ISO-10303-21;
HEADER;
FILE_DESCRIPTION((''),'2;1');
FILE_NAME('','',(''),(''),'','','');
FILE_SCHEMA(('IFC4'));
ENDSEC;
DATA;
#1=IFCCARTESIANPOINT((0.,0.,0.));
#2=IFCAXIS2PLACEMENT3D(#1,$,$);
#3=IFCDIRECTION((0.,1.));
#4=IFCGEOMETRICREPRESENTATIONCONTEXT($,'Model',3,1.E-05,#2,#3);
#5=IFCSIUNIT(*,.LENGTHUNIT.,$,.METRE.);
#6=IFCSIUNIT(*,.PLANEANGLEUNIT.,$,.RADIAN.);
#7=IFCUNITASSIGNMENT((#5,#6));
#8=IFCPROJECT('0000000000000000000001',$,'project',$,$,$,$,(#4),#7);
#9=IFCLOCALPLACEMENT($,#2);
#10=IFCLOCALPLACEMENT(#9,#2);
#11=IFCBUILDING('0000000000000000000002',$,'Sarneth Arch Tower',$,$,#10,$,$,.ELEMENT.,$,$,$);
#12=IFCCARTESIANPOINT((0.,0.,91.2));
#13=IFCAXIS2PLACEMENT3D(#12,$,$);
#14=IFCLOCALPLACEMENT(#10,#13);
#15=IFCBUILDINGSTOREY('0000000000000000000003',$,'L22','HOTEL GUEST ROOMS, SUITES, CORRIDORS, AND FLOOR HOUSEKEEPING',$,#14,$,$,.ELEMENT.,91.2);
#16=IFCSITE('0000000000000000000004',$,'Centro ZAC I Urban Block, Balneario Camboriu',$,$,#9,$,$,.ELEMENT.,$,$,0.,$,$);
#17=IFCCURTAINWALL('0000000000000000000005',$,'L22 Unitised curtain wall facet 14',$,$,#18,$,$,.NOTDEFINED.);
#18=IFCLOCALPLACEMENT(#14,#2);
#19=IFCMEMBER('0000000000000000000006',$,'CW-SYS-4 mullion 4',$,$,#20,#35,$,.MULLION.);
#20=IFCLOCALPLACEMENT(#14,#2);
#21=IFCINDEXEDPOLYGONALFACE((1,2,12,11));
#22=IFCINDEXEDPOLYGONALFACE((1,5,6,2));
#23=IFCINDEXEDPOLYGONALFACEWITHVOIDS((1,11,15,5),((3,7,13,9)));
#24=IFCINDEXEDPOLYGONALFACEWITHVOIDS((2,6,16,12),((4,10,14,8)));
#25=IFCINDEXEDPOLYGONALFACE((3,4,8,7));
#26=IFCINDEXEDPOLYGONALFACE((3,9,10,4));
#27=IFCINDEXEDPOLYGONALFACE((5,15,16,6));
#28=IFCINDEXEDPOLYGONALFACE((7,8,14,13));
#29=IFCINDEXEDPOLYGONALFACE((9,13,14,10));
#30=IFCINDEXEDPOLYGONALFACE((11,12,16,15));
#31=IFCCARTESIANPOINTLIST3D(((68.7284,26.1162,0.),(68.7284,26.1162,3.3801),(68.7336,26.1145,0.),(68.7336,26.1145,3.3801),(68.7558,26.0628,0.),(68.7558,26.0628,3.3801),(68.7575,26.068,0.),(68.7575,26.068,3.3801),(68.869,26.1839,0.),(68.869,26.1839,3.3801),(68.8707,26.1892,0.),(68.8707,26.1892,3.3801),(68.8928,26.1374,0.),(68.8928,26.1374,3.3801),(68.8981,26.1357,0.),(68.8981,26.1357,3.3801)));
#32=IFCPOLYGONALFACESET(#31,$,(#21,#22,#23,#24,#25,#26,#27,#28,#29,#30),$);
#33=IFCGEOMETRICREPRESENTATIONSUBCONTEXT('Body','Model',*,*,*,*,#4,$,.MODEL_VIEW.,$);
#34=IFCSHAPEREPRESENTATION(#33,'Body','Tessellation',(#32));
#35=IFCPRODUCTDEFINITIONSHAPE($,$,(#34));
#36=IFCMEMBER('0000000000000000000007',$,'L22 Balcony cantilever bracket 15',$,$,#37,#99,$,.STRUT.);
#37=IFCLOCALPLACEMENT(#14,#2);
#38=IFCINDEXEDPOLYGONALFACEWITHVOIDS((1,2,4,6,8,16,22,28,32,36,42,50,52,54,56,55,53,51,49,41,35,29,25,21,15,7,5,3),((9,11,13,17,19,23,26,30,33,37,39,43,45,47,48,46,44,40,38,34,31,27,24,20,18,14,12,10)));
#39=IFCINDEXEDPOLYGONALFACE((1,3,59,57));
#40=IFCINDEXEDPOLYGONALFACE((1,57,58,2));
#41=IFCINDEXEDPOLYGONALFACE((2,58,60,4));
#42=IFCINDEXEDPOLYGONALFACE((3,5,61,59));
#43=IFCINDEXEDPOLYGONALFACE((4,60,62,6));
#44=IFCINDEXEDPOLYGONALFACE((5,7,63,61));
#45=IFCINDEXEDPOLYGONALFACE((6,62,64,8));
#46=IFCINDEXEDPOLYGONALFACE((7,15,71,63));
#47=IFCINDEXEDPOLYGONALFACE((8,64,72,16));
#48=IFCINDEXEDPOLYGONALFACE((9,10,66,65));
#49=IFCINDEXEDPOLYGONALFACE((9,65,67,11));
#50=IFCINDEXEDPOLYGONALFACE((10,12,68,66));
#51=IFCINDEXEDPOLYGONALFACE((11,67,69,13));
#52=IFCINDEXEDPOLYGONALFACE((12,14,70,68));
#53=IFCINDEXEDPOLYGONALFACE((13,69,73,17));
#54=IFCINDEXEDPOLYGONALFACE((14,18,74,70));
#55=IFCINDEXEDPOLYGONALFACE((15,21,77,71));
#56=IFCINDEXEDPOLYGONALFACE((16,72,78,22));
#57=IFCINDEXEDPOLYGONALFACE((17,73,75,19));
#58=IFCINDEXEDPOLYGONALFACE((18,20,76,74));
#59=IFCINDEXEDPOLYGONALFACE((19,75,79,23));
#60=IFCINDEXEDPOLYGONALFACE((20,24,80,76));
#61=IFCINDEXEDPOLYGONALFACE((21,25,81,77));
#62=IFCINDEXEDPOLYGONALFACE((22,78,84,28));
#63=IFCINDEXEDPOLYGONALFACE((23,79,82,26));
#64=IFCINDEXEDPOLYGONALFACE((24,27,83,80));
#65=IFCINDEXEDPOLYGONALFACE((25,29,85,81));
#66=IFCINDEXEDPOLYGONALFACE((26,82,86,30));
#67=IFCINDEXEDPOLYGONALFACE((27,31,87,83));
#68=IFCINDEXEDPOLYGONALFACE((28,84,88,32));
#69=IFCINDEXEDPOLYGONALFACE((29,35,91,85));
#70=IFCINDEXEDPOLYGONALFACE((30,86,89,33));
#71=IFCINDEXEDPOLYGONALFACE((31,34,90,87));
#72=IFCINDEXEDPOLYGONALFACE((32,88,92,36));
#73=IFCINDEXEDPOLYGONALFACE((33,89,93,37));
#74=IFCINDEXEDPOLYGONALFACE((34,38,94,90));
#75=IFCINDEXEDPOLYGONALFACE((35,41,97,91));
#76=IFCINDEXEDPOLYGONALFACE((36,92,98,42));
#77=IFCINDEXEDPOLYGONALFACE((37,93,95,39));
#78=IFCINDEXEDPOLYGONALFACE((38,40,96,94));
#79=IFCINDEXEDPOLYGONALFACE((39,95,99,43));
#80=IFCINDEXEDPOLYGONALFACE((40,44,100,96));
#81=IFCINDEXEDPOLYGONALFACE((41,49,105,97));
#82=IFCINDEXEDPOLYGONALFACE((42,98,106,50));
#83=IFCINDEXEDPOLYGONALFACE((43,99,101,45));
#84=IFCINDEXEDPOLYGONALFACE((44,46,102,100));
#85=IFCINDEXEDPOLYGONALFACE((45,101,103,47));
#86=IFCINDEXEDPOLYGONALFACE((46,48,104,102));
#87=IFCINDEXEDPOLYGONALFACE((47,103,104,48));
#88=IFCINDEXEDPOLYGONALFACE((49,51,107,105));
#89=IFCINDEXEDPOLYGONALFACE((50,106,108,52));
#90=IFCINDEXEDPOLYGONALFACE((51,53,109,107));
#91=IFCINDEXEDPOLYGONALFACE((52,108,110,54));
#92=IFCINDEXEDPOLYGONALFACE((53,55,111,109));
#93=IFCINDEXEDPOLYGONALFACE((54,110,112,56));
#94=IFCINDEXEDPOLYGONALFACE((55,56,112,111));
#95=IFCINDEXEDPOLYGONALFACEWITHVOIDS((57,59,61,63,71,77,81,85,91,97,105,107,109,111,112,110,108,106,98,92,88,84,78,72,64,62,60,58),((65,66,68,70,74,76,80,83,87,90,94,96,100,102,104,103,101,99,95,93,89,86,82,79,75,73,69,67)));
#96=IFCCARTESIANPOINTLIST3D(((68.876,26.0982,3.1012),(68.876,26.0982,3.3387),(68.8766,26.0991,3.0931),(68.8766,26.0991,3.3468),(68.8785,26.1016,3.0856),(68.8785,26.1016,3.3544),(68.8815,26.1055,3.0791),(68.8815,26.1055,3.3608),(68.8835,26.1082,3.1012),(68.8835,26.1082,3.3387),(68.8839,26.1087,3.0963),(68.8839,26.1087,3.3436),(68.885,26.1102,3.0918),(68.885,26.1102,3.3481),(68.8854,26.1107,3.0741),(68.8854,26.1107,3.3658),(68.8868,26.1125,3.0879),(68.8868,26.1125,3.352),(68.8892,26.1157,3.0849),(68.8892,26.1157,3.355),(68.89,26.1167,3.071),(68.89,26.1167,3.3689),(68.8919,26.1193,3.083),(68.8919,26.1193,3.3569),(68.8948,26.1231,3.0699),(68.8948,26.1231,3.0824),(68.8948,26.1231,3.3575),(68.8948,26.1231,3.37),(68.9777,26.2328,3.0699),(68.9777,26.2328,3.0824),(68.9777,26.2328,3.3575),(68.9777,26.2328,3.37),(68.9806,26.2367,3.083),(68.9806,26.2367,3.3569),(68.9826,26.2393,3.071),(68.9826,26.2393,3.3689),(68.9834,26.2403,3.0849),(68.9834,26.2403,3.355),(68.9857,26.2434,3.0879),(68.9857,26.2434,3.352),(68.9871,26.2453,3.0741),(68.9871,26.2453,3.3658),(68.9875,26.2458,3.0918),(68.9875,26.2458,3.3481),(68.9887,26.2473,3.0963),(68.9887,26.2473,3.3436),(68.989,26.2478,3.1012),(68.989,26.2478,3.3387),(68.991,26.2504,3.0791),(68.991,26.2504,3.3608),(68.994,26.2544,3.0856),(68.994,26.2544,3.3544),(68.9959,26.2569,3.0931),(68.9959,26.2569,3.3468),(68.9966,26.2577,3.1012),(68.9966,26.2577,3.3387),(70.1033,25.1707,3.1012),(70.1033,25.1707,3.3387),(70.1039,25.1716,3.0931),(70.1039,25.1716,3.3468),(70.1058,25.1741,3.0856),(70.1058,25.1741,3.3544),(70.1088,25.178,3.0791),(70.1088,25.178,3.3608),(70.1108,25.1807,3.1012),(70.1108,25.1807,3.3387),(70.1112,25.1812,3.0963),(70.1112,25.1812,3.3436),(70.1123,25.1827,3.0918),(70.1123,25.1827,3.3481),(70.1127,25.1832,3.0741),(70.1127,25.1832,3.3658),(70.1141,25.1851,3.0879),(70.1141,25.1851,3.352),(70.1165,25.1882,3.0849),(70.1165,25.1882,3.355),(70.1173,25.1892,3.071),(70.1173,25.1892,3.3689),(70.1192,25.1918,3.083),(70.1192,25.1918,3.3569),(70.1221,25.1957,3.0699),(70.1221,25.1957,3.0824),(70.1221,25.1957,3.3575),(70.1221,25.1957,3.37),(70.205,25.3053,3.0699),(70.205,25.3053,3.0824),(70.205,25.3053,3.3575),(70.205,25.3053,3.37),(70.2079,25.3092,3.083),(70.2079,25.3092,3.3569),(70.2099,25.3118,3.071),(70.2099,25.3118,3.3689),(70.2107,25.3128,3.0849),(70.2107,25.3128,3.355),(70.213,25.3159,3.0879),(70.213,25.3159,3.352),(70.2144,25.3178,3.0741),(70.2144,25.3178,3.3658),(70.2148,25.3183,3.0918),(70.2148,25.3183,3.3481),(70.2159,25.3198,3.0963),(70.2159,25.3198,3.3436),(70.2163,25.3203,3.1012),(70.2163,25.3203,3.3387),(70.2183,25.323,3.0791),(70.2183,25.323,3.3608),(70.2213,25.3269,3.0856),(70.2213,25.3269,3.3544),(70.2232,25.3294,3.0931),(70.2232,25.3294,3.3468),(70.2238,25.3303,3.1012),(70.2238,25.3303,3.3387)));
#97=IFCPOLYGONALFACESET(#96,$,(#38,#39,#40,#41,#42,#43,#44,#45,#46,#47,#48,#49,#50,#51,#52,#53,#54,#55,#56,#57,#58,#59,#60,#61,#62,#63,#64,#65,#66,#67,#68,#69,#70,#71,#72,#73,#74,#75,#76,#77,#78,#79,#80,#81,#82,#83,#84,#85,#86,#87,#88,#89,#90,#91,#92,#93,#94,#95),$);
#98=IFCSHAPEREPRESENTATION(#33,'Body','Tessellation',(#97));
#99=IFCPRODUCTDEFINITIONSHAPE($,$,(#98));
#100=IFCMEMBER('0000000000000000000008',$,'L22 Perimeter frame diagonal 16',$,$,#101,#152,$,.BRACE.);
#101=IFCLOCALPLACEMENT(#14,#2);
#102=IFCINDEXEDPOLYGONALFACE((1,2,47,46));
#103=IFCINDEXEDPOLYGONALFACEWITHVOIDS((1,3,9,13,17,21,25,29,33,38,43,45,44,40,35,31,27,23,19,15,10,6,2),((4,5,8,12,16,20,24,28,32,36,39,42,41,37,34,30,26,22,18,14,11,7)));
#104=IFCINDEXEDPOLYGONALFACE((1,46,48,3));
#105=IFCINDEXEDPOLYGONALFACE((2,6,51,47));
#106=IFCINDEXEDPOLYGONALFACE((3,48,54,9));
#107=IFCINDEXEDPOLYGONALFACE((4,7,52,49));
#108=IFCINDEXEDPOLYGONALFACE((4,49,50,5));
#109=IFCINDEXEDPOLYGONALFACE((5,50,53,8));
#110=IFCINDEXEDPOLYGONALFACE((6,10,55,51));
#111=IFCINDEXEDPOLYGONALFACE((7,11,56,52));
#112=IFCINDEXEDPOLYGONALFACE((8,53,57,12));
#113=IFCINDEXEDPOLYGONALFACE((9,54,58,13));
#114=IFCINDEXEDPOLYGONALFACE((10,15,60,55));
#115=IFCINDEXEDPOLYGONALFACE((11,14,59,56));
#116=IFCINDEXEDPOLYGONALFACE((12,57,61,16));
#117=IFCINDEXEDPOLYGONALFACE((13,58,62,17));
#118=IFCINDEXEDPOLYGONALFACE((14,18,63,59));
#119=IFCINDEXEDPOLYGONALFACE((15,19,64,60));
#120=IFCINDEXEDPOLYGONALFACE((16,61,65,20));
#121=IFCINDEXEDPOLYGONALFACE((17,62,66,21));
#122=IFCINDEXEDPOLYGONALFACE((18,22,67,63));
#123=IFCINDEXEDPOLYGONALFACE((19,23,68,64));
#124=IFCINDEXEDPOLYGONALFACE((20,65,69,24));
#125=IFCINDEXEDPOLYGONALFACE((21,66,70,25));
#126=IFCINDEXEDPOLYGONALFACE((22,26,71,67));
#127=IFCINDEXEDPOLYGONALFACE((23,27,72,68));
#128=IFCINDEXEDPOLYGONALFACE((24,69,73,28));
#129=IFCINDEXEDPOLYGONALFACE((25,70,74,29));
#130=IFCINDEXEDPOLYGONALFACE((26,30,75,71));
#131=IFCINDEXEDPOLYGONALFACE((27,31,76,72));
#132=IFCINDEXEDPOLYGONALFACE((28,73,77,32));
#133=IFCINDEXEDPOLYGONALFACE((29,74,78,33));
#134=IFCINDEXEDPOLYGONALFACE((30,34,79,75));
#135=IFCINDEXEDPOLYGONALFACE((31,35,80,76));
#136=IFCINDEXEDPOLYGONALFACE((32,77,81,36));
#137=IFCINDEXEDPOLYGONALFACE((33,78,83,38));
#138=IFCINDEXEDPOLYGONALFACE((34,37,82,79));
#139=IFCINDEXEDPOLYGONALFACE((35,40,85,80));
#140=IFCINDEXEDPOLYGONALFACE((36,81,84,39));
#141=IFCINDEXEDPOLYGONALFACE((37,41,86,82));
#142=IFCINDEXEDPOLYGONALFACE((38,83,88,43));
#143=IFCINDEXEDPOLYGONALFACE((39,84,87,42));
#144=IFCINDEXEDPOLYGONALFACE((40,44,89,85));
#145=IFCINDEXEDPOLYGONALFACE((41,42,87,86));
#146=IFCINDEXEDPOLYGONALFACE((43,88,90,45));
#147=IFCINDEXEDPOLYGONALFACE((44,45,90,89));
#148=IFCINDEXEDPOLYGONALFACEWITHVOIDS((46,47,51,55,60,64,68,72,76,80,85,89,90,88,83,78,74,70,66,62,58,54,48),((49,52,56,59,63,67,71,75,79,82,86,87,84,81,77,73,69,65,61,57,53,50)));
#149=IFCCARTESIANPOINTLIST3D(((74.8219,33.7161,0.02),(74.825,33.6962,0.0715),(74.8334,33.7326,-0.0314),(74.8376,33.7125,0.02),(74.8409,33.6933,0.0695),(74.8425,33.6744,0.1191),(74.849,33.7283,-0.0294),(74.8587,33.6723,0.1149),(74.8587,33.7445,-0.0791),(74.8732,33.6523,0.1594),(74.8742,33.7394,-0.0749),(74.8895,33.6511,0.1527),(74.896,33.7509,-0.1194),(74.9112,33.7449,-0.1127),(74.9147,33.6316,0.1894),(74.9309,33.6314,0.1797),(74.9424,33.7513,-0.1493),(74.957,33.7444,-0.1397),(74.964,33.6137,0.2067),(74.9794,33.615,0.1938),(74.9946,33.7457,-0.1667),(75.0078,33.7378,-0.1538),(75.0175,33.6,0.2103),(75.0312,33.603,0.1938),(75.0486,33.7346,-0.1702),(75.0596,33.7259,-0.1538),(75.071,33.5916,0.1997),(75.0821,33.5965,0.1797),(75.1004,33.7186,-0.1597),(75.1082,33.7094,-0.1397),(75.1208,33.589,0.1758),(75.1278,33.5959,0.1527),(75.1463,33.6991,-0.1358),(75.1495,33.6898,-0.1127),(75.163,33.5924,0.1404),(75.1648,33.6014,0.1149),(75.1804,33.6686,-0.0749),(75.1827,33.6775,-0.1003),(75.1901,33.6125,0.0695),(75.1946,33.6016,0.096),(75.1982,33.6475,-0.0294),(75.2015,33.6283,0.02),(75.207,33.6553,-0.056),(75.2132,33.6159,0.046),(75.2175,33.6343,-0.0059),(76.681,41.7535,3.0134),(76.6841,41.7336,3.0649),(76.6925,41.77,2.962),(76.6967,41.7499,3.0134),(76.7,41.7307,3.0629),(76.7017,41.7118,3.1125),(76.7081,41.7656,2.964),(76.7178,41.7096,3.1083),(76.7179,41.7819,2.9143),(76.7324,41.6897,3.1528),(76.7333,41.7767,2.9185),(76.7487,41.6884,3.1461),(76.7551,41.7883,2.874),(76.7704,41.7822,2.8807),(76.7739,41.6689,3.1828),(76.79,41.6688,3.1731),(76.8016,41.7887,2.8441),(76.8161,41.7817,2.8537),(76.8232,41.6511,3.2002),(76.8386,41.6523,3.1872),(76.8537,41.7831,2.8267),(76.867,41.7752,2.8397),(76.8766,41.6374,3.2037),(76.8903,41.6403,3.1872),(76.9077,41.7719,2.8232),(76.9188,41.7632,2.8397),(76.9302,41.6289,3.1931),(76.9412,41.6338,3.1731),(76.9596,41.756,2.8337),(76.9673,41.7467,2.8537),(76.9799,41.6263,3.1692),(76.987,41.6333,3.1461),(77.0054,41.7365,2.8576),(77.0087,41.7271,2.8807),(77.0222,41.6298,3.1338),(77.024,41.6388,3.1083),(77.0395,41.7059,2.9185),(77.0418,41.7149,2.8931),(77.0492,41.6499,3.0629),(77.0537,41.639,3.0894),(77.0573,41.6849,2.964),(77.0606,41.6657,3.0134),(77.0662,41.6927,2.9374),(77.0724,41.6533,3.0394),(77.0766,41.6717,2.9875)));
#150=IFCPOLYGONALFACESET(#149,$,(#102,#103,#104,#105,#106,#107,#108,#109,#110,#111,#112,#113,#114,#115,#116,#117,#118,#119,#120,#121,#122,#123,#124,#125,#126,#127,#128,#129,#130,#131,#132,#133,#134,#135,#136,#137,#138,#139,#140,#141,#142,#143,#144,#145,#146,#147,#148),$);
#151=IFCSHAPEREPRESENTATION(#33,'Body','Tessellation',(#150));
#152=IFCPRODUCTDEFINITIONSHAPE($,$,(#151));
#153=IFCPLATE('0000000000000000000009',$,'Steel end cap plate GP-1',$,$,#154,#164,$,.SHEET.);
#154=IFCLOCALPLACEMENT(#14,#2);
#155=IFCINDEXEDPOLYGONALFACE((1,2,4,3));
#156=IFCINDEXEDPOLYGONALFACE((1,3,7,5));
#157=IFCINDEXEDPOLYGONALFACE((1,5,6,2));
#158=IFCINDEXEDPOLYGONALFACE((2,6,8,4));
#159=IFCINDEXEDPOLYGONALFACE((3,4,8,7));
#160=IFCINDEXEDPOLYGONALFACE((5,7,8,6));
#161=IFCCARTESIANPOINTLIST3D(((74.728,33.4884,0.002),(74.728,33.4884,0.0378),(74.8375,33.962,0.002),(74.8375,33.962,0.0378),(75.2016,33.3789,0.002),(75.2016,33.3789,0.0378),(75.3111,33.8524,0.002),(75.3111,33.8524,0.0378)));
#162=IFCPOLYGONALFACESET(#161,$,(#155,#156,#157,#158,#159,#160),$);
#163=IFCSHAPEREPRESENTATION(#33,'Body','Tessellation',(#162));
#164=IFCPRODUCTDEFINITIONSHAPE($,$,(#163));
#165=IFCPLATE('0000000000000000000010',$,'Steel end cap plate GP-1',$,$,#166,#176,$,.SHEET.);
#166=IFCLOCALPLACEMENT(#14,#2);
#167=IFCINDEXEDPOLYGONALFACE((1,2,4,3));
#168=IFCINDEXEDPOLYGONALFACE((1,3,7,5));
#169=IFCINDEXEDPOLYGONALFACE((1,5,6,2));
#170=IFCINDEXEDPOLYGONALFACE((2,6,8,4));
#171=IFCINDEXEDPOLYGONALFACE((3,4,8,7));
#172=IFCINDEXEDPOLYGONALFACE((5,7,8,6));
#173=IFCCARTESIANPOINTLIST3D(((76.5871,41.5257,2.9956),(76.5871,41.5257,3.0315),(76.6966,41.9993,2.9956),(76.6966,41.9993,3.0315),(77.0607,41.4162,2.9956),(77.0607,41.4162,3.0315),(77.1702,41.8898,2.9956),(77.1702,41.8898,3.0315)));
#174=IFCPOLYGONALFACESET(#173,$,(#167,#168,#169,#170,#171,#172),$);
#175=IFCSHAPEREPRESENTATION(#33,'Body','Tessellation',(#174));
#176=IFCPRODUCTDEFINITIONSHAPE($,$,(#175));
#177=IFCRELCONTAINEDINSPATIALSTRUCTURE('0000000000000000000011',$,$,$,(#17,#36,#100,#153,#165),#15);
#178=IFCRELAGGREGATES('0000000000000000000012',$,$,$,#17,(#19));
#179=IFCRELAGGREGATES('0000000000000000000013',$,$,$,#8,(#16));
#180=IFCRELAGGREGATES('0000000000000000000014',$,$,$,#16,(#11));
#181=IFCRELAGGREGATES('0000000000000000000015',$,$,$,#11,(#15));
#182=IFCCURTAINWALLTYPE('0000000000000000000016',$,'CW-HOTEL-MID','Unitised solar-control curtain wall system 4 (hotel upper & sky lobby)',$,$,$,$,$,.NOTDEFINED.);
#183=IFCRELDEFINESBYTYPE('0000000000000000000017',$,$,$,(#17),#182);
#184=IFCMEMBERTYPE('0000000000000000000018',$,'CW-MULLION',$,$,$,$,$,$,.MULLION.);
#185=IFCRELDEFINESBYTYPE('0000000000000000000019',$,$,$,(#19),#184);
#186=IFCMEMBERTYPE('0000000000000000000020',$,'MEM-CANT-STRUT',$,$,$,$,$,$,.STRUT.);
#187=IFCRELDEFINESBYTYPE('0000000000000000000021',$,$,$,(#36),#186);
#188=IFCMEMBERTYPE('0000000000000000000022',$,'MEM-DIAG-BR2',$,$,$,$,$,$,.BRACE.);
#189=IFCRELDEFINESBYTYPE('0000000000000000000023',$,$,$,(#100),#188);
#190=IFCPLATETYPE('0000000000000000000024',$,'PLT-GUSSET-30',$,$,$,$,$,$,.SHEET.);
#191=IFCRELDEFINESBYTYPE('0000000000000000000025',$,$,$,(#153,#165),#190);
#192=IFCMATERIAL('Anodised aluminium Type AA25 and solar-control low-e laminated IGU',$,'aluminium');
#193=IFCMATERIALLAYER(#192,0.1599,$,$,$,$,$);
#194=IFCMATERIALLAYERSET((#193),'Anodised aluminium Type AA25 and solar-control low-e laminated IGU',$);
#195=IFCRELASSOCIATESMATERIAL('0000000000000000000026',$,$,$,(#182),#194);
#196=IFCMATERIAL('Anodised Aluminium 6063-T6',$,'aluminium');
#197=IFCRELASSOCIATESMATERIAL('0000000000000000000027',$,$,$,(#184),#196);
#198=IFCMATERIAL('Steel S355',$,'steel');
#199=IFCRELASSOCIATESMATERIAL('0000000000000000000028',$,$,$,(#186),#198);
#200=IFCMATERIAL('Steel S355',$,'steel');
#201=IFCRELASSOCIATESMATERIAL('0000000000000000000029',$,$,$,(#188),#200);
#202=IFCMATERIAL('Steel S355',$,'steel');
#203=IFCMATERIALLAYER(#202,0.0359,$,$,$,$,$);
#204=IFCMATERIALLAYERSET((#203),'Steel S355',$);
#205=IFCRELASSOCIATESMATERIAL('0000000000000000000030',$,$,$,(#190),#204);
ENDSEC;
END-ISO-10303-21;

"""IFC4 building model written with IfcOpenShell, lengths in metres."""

from ifc_helpers import new_model, si_unit, direction, frame, origin, origin_2d, place, context, subcontext, project, spatial, rectangle, hollow_rectangle, hollow_circle, extrude, material, layer, layer_set, material_profile, profile_set, type_object, element, aggregate, save


model = new_model("IFC4")

# Units and contexts
model_context = context("Model", 3, precision=1e-05, world=origin(), true_north=direction((0.0, 1.0)))
body_context = subcontext(model_context, "Body", "Model", "MODEL_VIEW")
ifc_project = project(units=[si_unit("LENGTHUNIT", "METRE"), si_unit("PLANEANGLEUNIT", "RADIAN")], contexts=[model_context])

# Site, building, storey
site_placement = place(None, origin())
site = spatial("IfcSite", under=ifc_project, at=site_placement, Name="Centro ZAC I Urban Block, Balneario Camboriu", CompositionType="ELEMENT", RefElevation=0.0)
building_placement = place(site_placement, origin())
building = spatial("IfcBuilding", under=site, at=building_placement, Name="Sarneth Arch Tower", CompositionType="ELEMENT")
storey_placement = place(building_placement, frame((0.0, 0.0, 91.2)))
storey = spatial("IfcBuildingStorey", under=building, at=storey_placement, Name="L22", Description="HOTEL GUEST ROOMS, SUITES, CORRIDORS, AND FLOOR HOUSEKEEPING", CompositionType="ELEMENT", Elevation=91.2)

# Curtain wall, member
ifc_material_1 = material(Name="Anodised aluminium Type AA25 and solar-control low-e laminated IGU", Category="aluminium")
ifc_layer_1 = layer(ifc_material_1, 0.1599)
ifc_layer_set_1 = layer_set([ifc_layer_1], Name="Anodised aluminium Type AA25 and solar-control low-e laminated IGU")
curtain_wall_type = type_object("IfcCurtainWallType", Name="CW-HOTEL-MID", Description="Unitised solar-control curtain wall system 4 (hotel upper & sky lobby)", PredefinedType="NOTDEFINED", material=ifc_layer_set_1)
curtain_wall_placement = place(storey_placement, origin())
curtain_wall = element("IfcCurtainWall", 1, at=curtain_wall_placement, inside=storey, type_object=curtain_wall_type, Name="L22 Unitised curtain wall facet 14", PredefinedType="NOTDEFINED")
ifc_material_2 = material(Name="Anodised Aluminium 6063-T6", Category="aluminium")
ifc_material_profile_1 = material_profile(ifc_material_2, hollow_rectangle(XDim=0.0601, YDim=0.1599, WallThickness=0.0039, at=origin_2d()), Name="AL-MULL-160x60x4")
ifc_profile_set_1 = profile_set([ifc_material_profile_1], Name="Anodised Aluminium 6063-T6")
member_type_1 = type_object("IfcMemberType", Name="CW-MULLION", PredefinedType="MULLION", material=ifc_profile_set_1)
member_1_placement = place(storey_placement, frame((68.8132, 26.126, 0.0), z_axis=(0.0, 0.0, 1.0), x_axis=(-0.456031, 0.889964, 0.0)))
member_1 = element("IfcMember", 2, at=member_1_placement, type_object=member_type_1, Name="CW-SYS-4 mullion 4", PredefinedType="MULLION", context=body_context, shape_type="SweptSolid", body=[
    extrude(hollow_rectangle(XDim=0.0601, YDim=0.1599, WallThickness=0.0039, at=origin_2d()), origin(), (0.0, 0.0, 1.0), 3.3801),
])
aggregate(curtain_wall, [member_1])

# Members
ifc_material_3 = material(Name="Steel S355", Category="steel")
ifc_material_profile_2 = material_profile(ifc_material_3, hollow_rectangle(XDim=0.2, YDim=0.3, WallThickness=0.0125, InnerFilletRadius=0.0188, OuterFilletRadius=0.0312, at=origin_2d()), Name="RHS300x200x12.5")
ifc_profile_set_2 = profile_set([ifc_material_profile_2], Name="Steel S355")
member_type_2 = type_object("IfcMemberType", Name="MEM-CANT-STRUT", PredefinedType="STRUT", material=ifc_profile_set_2)
member_2_placement = place(storey_placement, frame((68.9363, 26.178, 3.22), z_axis=(0.797805, -0.602916, 0.0), x_axis=(0.602916, 0.797805, 0.0)))
element("IfcMember", 3, at=member_2_placement, inside=storey, type_object=member_type_2, Name="L22 Balcony cantilever bracket 15", PredefinedType="STRUT", context=body_context, shape_type="SweptSolid", body=[
    extrude(hollow_rectangle(XDim=0.2, YDim=0.3, WallThickness=0.0125, InnerFilletRadius=0.0188, OuterFilletRadius=0.0312, at=origin_2d()), origin(), (0.0, 0.0, 1.0), 1.5383),
])
ifc_material_4 = material(Name="Steel S355", Category="steel")
ifc_material_profile_3 = material_profile(ifc_material_4, hollow_circle(Radius=0.2029, WallThickness=0.0161, at=origin_2d()), Name="CHS406x16")
ifc_profile_set_3 = profile_set([ifc_material_profile_3], Name="Steel S355")
member_type_3 = type_object("IfcMemberType", Name="MEM-DIAG-BR2", PredefinedType="BRACE", material=ifc_profile_set_3)
member_3_placement = place(storey_placement, frame((75.0195, 33.6704, 0.02), z_axis=(0.211846, 0.915847, 0.341095), x_axis=(-0.974275, 0.225361, 0.0)))
element("IfcMember", 4, at=member_3_placement, inside=storey, type_object=member_type_3, Name="L22 Perimeter frame diagonal 16", PredefinedType="BRACE", context=body_context, shape_type="SweptSolid", body=[
    extrude(hollow_circle(Radius=0.2029, WallThickness=0.0161, at=origin_2d()), origin(), (0.0, 0.0, 1.0), 8.7759),
])

# Plates
ifc_material_5 = material(Name="Steel S355", Category="steel")
ifc_layer_2 = layer(ifc_material_5, 0.0359)
ifc_layer_set_2 = layer_set([ifc_layer_2], Name="Steel S355")
plate_type = type_object("IfcPlateType", Name="PLT-GUSSET-30", PredefinedType="SHEET", material=ifc_layer_set_2)
for number, where, z_axis, x_axis, name in (
    (5, (75.0195, 33.6704, 0.002), (0.0, 0.0, 1.0), (0.225291, 0.974291, 0.0), "Steel end cap plate GP-1"),
    (6, (76.8787, 41.7078, 2.9956), (0.0, 0.0, 1.0), (0.225291, 0.974291, 0.0), "Steel end cap plate GP-1"),
):
    element("IfcPlate", number, at=place(storey_placement, frame(where, z_axis=z_axis, x_axis=x_axis)), inside=storey, type_object=plate_type, Name=name, PredefinedType="SHEET", context=body_context, shape_type="SweptSolid", body=[
        extrude(rectangle(XDim=0.4861, YDim=0.4861, at=origin_2d()), origin(), (0.0, 0.0, 1.0), 0.0359),
    ])

save(model, "model.ifc")
